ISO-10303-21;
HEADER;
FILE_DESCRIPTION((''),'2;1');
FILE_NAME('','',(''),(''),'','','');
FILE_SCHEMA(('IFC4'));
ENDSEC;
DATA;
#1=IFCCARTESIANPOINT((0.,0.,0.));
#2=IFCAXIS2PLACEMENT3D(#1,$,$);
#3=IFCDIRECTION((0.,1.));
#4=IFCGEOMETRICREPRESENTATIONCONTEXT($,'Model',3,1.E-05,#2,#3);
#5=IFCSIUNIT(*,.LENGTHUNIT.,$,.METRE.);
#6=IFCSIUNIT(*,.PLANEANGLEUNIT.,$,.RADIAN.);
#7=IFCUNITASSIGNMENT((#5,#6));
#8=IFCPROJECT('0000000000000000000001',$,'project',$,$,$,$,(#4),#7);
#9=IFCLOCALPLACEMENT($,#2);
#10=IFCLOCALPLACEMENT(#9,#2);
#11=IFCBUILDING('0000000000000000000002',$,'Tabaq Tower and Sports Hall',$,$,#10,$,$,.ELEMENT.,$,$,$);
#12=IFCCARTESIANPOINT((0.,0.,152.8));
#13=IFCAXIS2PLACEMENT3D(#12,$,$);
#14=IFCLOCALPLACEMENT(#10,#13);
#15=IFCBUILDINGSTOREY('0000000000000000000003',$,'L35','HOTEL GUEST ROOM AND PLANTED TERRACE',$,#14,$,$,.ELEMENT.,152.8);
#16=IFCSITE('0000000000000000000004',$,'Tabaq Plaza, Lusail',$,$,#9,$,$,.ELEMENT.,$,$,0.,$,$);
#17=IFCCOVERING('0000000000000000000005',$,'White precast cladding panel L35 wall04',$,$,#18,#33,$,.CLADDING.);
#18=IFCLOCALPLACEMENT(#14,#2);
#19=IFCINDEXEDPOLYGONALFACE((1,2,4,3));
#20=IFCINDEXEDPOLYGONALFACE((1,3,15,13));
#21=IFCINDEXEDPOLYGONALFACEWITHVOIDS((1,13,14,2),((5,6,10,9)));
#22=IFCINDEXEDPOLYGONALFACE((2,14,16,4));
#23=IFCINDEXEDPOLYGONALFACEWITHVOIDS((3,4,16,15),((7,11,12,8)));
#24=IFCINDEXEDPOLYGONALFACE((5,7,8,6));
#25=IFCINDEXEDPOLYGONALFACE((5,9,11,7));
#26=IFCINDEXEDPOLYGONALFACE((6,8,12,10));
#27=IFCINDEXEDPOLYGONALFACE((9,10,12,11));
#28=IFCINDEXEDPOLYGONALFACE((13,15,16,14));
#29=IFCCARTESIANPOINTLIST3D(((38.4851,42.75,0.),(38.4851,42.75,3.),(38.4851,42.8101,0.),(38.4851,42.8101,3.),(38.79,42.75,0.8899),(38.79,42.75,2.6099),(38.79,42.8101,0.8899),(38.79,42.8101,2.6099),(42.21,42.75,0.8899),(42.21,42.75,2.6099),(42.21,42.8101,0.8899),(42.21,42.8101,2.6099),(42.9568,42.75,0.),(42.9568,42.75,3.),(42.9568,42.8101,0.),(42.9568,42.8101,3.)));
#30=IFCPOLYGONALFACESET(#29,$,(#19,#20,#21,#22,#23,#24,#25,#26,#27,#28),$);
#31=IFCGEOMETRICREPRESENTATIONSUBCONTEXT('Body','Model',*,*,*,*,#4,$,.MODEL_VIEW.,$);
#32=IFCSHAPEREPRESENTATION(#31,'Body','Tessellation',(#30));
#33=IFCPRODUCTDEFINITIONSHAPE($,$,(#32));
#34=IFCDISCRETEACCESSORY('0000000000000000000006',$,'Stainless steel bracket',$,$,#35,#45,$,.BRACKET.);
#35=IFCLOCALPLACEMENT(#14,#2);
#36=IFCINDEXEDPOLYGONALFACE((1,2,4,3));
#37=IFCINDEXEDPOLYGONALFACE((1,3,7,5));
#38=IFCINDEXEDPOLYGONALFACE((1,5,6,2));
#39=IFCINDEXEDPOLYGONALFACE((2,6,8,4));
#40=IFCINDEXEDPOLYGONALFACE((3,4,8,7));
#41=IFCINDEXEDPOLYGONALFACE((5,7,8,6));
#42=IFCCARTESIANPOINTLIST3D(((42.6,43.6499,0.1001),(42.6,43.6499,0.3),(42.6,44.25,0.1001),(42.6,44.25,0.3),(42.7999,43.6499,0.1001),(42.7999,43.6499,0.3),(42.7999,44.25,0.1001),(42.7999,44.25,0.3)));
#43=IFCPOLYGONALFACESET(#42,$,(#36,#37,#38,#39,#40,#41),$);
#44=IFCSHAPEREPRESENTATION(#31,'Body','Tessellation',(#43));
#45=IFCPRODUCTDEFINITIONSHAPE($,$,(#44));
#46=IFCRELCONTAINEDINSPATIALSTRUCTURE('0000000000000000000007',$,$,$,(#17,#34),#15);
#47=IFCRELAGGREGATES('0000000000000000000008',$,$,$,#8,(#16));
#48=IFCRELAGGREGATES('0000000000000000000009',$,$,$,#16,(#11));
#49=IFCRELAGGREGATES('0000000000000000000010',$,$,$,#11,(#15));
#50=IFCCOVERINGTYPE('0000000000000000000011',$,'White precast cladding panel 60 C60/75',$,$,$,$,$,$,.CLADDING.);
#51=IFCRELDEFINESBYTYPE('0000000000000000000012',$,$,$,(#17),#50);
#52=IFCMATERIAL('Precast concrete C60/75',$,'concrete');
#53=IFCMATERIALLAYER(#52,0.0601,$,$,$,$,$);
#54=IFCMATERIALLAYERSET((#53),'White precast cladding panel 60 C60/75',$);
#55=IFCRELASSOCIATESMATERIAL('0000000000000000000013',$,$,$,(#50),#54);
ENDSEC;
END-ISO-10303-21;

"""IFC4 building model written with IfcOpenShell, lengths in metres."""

from ifc_helpers import new_model, si_unit, direction, frame, origin, origin_2d, place, context, subcontext, project, spatial, polyline, rectangle, outline, extrude, material, layer, layer_set, type_object, element, save


model = new_model("IFC4")

# Units and contexts
model_context = context("Model", 3, precision=1e-05, world=origin(), true_north=direction((0.0, 1.0)))
body_context = subcontext(model_context, "Body", "Model", "MODEL_VIEW")
ifc_project = project(units=[si_unit("LENGTHUNIT", "METRE"), si_unit("PLANEANGLEUNIT", "RADIAN")], contexts=[model_context])

# Site, building, storey
site_placement = place(None, origin())
site = spatial("IfcSite", under=ifc_project, at=site_placement, Name="Tabaq Plaza, Lusail", CompositionType="ELEMENT", RefElevation=0.0)
building_placement = place(site_placement, origin())
building = spatial("IfcBuilding", under=site, at=building_placement, Name="Tabaq Tower and Sports Hall", CompositionType="ELEMENT")
storey_placement = place(building_placement, frame((0.0, 0.0, 152.8)))
storey = spatial("IfcBuildingStorey", under=building, at=storey_placement, Name="L35", Description="HOTEL GUEST ROOM AND PLANTED TERRACE", CompositionType="ELEMENT", Elevation=152.8)

# Covering
ifc_material_1 = material(Name="Precast concrete C60/75", Category="concrete")
ifc_layer_1 = layer(ifc_material_1, 0.0601)
ifc_layer_set_1 = layer_set([ifc_layer_1], Name="White precast cladding panel 60 C60/75")
covering_type_1 = type_object("IfcCoveringType", Name="White precast cladding panel 60 C60/75", PredefinedType="CLADDING", material=ifc_layer_set_1)
covering_1_placement = place(storey_placement, frame((42.9568, 42.78, 0.0), z_axis=(0.0, 0.0, 1.0), x_axis=(-1.0, 0.0, 0.0)))
element("IfcCovering", 1, at=covering_1_placement, inside=storey, type_object=covering_type_1, Name="White precast cladding panel L35 wall04", PredefinedType="CLADDING", context=body_context, shape_type="SweptSolid", body=[
    extrude(outline(polyline([(0.0, 0.0), (4.4717, 0.0), (4.4717, 3.0), (0.0, 3.0), (0.0, 0.0)]), holes=[polyline([(0.7468, 0.8899), (0.7468, 2.6099), (4.1667, 2.6099), (4.1667, 0.8899), (0.7468, 0.8899)])]), frame((0.0, 0.03, 0.0), z_axis=(0.0, -1.0, 0.0), x_axis=(1.0, 0.0, 0.0)), (0.0, 0.0, 1.0), 0.0601),
])

# Discrete accessory
discrete_accessory_placement = place(storey_placement, frame((42.7, 43.95, 0.1001), z_axis=(0.0, 0.0, 1.0), x_axis=(0.0, 1.0, 0.0)))
element("IfcDiscreteAccessory", 2, at=discrete_accessory_placement, inside=storey, Name="Stainless steel bracket", PredefinedType="BRACKET", context=body_context, shape_type="SweptSolid", body=[
    extrude(rectangle(XDim=0.6001, YDim=0.2, at=origin_2d()), origin(), (0.0, 0.0, 1.0), 0.2),
])

save(model, "model.ifc")
